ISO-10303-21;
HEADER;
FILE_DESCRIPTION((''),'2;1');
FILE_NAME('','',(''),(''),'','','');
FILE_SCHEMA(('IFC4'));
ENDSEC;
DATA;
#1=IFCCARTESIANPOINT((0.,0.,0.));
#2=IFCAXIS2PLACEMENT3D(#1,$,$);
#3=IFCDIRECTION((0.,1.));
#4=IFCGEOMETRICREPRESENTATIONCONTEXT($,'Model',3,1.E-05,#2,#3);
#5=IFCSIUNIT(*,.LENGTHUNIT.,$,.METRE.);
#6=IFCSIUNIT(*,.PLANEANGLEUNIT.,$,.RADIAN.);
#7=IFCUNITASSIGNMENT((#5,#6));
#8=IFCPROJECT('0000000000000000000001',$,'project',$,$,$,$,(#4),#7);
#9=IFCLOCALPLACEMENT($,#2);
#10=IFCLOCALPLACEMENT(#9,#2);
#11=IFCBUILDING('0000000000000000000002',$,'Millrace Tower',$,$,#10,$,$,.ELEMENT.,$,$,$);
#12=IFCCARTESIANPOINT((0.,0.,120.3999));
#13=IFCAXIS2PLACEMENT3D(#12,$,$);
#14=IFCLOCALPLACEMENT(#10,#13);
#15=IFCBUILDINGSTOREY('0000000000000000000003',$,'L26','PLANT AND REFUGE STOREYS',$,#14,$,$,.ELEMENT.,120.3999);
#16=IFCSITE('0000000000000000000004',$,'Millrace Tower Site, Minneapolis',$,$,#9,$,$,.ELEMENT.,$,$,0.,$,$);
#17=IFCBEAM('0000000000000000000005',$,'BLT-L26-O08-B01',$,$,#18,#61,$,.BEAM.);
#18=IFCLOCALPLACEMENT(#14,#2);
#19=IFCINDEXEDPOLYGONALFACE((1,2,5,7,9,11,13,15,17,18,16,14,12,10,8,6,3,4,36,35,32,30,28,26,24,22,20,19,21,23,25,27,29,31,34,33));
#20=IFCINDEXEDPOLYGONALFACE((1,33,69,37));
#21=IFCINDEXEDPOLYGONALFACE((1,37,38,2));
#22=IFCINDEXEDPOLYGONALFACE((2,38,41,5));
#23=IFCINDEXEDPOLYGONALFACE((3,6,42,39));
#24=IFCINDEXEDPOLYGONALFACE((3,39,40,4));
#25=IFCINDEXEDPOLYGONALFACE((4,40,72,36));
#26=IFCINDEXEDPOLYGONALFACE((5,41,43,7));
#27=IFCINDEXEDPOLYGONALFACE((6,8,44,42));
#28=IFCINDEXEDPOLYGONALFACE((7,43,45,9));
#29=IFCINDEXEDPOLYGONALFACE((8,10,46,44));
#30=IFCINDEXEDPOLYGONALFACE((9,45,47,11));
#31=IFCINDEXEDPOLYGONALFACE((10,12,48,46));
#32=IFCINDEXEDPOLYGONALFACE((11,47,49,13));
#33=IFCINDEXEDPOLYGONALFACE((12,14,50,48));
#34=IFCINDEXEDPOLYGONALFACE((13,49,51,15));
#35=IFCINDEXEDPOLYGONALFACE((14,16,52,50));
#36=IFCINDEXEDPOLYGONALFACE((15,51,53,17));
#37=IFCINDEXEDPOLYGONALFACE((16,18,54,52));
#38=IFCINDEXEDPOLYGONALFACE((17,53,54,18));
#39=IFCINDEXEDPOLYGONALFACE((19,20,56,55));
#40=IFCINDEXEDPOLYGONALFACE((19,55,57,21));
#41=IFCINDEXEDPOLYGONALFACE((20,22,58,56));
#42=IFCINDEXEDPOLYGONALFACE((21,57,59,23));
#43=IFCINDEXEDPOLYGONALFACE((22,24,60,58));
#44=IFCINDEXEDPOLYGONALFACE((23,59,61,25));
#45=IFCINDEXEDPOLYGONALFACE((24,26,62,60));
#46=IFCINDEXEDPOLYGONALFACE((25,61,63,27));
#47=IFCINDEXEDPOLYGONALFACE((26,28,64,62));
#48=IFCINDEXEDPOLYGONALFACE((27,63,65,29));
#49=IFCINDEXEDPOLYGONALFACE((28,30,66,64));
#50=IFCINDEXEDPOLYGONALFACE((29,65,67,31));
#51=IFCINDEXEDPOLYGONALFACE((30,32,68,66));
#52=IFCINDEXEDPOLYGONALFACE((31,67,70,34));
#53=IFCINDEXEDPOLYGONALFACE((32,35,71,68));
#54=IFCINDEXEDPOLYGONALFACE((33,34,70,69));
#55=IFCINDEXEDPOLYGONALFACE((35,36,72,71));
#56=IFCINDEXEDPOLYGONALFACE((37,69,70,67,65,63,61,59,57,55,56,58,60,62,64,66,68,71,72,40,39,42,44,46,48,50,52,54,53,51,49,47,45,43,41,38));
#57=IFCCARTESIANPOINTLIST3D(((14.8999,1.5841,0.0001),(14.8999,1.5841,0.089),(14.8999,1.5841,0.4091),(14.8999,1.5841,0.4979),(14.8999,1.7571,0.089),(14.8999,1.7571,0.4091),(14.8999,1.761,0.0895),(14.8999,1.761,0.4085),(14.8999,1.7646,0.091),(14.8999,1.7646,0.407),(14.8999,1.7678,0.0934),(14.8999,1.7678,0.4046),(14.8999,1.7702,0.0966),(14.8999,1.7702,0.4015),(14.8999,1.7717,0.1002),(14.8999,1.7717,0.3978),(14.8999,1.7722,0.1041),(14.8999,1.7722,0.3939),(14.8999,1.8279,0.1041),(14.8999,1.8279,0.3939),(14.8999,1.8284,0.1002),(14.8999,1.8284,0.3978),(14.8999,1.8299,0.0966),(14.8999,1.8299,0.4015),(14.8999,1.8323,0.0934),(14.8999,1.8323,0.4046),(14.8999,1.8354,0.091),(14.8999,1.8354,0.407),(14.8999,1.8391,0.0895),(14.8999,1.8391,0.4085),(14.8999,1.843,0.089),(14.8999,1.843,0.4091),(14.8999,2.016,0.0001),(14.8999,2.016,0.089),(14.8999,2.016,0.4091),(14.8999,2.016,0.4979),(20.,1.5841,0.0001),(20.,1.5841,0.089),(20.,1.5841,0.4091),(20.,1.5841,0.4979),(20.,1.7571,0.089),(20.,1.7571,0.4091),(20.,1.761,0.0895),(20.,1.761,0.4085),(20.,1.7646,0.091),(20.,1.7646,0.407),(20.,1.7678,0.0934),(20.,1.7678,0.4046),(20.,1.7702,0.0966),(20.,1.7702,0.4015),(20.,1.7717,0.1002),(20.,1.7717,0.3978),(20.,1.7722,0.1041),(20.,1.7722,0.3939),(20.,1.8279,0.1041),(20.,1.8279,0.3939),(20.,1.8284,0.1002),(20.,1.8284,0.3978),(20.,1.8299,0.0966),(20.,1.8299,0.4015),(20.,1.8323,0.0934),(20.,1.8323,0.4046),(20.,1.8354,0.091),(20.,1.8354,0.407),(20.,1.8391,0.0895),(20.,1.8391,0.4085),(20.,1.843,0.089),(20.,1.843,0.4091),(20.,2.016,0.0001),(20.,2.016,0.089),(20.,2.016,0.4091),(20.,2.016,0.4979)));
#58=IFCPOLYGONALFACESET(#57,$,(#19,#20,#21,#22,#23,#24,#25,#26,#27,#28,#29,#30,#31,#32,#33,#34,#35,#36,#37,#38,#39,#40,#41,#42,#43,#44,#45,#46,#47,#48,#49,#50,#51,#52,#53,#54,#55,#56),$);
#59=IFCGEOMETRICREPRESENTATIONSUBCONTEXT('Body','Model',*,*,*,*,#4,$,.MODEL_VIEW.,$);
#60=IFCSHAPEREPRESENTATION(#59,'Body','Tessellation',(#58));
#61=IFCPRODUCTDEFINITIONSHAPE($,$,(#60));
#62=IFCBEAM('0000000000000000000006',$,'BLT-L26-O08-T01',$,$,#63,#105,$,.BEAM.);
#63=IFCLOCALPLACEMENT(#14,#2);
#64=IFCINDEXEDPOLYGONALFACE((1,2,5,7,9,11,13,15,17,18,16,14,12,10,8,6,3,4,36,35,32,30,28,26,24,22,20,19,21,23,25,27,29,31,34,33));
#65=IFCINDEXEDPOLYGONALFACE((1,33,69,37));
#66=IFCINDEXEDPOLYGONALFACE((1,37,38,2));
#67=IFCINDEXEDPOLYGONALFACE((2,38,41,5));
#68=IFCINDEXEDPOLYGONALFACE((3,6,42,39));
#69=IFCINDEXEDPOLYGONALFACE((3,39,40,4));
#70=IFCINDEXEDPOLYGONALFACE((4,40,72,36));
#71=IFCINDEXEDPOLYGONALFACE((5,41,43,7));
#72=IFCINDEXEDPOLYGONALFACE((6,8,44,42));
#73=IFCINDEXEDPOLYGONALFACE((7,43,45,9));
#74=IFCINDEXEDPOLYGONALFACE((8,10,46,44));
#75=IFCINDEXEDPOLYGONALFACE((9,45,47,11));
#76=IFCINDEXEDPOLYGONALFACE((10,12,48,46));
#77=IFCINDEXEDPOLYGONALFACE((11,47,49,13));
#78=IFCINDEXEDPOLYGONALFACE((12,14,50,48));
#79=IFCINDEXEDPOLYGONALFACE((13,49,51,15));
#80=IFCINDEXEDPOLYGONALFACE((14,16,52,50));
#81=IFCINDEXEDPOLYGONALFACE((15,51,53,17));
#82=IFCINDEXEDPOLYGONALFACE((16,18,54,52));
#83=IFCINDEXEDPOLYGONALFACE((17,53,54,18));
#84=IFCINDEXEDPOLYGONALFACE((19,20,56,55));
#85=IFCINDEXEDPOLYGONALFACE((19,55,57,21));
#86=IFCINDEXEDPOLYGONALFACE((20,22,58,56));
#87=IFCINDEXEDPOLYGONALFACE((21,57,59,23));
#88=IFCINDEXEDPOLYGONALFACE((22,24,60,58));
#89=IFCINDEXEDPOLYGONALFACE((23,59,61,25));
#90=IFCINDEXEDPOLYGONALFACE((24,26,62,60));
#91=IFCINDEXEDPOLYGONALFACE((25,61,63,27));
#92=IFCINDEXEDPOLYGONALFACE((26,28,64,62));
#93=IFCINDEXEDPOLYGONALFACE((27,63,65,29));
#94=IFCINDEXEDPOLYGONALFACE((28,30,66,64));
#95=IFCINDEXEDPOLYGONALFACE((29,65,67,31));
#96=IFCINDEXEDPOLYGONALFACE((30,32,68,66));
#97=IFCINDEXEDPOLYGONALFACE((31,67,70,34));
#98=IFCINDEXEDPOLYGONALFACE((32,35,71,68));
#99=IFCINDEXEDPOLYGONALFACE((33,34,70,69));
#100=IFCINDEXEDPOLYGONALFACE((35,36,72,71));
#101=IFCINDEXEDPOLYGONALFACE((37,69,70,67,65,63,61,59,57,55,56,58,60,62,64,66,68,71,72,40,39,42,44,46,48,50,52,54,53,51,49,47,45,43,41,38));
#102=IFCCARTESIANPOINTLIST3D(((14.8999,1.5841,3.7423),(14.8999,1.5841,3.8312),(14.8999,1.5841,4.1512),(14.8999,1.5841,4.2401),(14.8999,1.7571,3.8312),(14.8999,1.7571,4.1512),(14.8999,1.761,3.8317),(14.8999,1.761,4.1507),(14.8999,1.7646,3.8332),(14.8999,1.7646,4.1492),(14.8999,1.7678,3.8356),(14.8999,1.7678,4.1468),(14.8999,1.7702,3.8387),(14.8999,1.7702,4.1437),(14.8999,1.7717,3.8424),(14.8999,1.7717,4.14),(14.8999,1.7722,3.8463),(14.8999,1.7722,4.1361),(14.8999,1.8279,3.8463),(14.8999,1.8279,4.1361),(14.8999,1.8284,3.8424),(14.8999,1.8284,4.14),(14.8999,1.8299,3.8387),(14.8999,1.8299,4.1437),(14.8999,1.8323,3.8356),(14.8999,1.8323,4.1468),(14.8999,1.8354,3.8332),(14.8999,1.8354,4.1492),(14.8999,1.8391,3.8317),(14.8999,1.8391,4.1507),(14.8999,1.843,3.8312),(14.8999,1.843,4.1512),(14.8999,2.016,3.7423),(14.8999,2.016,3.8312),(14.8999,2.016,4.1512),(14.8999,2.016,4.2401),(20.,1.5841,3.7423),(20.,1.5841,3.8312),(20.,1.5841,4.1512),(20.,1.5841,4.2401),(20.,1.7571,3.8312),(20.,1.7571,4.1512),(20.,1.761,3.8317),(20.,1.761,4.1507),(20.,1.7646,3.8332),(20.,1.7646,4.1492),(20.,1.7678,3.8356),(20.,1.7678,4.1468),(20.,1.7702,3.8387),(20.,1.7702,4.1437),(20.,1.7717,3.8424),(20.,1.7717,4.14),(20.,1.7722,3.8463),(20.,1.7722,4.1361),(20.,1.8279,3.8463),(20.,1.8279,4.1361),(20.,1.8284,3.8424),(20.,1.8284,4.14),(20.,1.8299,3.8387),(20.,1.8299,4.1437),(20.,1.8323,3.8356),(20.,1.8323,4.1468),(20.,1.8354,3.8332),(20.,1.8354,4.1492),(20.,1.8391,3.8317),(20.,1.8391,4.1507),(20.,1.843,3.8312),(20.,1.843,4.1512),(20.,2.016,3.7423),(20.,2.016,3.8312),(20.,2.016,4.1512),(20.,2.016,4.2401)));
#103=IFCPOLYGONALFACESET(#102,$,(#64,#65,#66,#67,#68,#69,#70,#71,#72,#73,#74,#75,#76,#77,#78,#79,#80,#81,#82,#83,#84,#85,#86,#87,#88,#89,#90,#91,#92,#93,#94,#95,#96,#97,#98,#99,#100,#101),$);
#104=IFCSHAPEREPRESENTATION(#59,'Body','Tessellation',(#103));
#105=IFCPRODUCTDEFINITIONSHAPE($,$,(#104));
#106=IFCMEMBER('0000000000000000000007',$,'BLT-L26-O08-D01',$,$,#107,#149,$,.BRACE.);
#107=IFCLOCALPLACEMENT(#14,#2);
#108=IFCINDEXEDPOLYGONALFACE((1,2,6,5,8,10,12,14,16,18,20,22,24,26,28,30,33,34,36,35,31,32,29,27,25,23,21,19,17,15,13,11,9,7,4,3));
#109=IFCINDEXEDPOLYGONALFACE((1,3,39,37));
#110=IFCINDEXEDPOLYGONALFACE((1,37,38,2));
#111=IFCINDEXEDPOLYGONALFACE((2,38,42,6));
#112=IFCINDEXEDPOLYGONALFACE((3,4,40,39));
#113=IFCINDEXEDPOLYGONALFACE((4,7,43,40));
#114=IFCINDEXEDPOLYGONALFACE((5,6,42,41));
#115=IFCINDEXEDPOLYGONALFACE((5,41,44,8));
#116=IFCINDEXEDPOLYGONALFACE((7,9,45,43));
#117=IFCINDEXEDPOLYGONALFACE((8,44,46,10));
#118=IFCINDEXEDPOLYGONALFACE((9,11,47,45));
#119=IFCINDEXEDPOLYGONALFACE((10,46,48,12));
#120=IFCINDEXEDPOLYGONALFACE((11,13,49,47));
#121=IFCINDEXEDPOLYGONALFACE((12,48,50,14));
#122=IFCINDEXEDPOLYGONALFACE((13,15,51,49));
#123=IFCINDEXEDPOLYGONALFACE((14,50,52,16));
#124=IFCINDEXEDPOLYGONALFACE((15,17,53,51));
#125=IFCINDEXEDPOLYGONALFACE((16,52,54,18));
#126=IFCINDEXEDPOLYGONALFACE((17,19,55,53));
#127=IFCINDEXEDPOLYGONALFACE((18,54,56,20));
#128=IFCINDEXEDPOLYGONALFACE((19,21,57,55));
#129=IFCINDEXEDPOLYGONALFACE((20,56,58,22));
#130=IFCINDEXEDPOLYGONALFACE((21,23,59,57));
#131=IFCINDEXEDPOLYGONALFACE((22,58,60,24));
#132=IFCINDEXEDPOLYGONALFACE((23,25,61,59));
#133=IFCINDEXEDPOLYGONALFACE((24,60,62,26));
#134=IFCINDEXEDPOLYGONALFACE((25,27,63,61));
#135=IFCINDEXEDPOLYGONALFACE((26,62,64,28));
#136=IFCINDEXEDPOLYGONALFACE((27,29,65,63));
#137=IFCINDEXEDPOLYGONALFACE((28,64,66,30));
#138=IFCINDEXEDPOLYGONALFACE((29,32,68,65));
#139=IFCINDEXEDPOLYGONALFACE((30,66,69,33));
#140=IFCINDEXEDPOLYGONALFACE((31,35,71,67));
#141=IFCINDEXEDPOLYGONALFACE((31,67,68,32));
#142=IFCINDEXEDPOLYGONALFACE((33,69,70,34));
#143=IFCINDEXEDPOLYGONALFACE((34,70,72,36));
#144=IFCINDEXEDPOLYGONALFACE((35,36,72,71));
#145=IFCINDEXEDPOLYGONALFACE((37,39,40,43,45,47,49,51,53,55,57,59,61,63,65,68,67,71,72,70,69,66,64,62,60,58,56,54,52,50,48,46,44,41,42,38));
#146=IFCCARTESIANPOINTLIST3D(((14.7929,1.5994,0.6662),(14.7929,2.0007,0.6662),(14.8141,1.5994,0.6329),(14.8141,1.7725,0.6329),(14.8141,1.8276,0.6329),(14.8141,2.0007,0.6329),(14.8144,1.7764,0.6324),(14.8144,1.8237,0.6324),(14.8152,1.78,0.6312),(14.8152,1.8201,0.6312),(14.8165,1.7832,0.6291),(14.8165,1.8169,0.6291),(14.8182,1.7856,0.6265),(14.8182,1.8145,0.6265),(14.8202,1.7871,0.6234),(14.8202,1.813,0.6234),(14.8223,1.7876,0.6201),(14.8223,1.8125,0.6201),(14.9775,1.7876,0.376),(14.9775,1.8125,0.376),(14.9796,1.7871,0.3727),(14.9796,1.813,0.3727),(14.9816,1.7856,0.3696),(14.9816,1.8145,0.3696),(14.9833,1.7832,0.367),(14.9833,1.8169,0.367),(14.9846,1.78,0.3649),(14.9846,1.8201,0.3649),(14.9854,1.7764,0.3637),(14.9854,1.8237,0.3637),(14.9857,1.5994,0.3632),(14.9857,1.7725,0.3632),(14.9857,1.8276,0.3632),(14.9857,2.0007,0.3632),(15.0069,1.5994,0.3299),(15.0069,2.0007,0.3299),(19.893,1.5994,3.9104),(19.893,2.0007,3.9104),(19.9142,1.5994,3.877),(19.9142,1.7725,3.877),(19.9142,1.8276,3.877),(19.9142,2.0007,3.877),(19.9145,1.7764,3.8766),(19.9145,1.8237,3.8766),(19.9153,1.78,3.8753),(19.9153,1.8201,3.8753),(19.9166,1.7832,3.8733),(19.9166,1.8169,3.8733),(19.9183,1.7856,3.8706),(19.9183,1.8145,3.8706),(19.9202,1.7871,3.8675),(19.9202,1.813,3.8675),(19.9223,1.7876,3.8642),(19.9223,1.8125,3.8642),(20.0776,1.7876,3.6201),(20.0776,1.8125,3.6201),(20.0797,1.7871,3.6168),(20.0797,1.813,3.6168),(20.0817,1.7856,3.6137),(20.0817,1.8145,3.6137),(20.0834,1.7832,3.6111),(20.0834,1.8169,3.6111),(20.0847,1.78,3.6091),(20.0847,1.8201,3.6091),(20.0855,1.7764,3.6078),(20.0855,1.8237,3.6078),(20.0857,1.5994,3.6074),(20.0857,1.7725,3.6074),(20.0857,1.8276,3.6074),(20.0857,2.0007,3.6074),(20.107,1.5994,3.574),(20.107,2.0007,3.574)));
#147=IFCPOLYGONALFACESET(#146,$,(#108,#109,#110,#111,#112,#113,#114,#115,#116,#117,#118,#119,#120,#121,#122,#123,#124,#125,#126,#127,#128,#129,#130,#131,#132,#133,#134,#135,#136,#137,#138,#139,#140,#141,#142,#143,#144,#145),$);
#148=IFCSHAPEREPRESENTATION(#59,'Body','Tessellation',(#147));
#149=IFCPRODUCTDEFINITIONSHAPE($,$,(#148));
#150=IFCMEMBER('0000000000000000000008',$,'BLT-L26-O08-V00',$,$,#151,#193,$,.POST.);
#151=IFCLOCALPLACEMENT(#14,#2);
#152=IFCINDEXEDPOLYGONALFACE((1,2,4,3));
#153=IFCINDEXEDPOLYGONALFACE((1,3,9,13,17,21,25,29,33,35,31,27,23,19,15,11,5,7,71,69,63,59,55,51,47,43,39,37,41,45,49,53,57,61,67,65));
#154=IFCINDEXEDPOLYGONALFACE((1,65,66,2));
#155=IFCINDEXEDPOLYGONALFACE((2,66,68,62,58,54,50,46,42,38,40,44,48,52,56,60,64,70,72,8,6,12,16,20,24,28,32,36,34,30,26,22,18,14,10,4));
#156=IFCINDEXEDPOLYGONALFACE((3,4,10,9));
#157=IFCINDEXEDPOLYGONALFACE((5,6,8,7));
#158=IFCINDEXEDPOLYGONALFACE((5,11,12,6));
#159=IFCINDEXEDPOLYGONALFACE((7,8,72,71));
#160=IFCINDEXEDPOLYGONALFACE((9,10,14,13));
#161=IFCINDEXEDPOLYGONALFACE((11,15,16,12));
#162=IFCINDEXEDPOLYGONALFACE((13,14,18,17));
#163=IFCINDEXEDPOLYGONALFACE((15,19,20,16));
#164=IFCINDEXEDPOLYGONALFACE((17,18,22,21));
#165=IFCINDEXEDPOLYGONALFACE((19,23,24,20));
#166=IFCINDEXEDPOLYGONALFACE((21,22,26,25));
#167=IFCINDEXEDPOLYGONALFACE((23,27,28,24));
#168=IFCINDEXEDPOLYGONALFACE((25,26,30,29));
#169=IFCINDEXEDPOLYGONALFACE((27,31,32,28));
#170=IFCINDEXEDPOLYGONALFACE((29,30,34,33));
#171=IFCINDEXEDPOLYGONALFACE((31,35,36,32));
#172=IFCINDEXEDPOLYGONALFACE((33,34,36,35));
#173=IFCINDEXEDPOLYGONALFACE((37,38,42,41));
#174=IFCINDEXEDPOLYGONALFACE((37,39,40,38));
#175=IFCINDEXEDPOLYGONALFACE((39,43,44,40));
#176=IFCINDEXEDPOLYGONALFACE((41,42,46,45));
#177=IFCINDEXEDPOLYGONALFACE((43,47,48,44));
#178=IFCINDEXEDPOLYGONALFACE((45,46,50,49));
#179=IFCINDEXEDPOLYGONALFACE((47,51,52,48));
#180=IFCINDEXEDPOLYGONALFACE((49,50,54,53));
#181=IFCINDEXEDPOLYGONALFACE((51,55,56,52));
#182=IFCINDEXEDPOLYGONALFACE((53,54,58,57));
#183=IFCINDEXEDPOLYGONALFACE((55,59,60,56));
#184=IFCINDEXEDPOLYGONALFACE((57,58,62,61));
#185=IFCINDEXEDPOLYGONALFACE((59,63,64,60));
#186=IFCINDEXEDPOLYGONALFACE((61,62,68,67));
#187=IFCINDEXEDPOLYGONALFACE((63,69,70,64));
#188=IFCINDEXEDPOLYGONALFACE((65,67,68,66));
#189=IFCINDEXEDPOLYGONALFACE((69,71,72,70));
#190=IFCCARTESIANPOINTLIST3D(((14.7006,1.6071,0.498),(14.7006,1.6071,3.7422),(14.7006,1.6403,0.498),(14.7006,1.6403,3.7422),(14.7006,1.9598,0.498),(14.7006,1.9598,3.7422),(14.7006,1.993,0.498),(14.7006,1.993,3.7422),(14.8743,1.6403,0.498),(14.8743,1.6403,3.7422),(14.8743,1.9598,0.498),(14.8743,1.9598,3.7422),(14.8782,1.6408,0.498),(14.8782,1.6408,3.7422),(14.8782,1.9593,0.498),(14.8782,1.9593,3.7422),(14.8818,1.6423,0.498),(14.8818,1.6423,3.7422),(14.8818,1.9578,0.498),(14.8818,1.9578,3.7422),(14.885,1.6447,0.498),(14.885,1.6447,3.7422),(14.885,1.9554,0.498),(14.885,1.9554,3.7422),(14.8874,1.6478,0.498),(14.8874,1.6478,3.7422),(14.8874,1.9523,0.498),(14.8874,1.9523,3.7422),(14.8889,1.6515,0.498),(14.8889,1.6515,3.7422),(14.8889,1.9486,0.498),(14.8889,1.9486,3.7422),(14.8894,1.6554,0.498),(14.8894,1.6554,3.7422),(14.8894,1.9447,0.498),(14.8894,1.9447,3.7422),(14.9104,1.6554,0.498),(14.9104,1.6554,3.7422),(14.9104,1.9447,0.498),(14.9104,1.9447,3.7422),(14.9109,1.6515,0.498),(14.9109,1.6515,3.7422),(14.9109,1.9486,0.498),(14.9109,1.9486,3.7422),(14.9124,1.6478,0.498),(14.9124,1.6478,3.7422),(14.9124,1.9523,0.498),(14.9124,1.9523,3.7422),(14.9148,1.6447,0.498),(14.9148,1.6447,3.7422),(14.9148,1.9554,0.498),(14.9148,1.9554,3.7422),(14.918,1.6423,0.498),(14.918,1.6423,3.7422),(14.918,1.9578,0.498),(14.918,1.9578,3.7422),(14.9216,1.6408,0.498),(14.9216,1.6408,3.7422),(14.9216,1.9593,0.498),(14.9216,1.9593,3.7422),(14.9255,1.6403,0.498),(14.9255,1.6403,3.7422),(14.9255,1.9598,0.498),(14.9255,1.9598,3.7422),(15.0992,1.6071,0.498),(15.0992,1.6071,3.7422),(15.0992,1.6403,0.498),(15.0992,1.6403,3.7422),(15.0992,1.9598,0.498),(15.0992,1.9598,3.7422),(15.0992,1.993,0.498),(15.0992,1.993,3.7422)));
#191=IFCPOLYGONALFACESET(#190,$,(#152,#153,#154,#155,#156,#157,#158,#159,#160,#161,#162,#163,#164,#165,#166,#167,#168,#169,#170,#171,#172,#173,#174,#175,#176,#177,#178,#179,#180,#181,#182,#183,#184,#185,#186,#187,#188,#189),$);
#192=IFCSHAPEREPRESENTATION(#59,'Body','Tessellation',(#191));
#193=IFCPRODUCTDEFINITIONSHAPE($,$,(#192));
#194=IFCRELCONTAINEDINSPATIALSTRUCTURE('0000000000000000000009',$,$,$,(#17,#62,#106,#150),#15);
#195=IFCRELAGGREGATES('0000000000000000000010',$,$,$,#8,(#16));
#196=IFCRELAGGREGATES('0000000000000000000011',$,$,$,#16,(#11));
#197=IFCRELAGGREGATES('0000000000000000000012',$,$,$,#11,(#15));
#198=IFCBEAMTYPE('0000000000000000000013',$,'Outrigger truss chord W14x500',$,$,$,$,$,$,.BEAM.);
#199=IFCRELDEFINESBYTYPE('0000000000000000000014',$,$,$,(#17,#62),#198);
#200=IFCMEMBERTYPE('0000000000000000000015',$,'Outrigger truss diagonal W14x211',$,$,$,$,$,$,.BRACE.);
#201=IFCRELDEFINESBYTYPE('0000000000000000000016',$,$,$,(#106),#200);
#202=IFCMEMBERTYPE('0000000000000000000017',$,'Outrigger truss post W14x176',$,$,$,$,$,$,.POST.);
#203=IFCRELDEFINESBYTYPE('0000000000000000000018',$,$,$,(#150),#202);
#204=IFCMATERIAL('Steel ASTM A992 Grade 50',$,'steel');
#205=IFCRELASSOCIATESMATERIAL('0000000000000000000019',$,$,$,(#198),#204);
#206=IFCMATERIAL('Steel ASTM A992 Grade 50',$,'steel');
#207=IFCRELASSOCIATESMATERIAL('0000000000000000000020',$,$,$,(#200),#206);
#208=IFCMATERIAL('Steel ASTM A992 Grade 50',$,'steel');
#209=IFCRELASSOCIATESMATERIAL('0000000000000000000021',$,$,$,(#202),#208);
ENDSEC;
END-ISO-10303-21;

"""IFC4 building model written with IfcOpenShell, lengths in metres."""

from ifc_helpers import new_model, si_unit, direction, frame, origin, origin_2d, place, context, subcontext, project, spatial, i_section, extrude, material, material_profile, profile_set, type_object, element, save


model = new_model("IFC4")

# Units and contexts
model_context = context("Model", 3, precision=1e-05, world=origin(), true_north=direction((0.0, 1.0)))
body_context = subcontext(model_context, "Body", "Model", "MODEL_VIEW")
ifc_project = project(units=[si_unit("LENGTHUNIT", "METRE"), si_unit("PLANEANGLEUNIT", "RADIAN")], contexts=[model_context])

# Site, building, storey
site_placement = place(None, origin())
site = spatial("IfcSite", under=ifc_project, at=site_placement, Name="Millrace Tower Site, Minneapolis", CompositionType="ELEMENT", RefElevation=0.0)
building_placement = place(site_placement, origin())
building = spatial("IfcBuilding", under=site, at=building_placement, Name="Millrace Tower", CompositionType="ELEMENT")
storey_placement = place(building_placement, frame((0.0, 0.0, 120.3999)))
storey = spatial("IfcBuildingStorey", under=building, at=storey_placement, Name="L26", Description="PLANT AND REFUGE STOREYS", CompositionType="ELEMENT", Elevation=120.3999)

# Beams
ifc_material_1 = material(Name="Steel ASTM A992 Grade 50", Category="steel")
ifc_material_profile_1 = material_profile(ifc_material_1, i_section(OverallWidth=0.4319, OverallDepth=0.4978, WebThickness=0.0557, FlangeThickness=0.0889, FilletRadius=0.0151, at=origin_2d()))
ifc_profile_set_1 = profile_set([ifc_material_profile_1], Name="Steel ASTM A992 Grade 50")
beam_type_1 = type_object("IfcBeamType", Name="Outrigger truss chord W14x500", PredefinedType="BEAM", material=ifc_profile_set_1)
for number, where, z_axis, x_axis, name in (
    (1, (14.8999, 1.8, 0.249), (1.0, 0.0, 0.0), (0.0, 1.0, 0.0), "BLT-L26-O08-B01"),
    (2, (14.8999, 1.8, 3.9912), (1.0, 0.0, 0.0), (0.0, 1.0, 0.0), "BLT-L26-O08-T01"),
):
    element("IfcBeam", number, at=place(storey_placement, frame(where, z_axis=z_axis, x_axis=x_axis)), inside=storey, type_object=beam_type_1, Name=name, PredefinedType="BEAM", context=body_context, shape_type="SweptSolid", body=[
        extrude(i_section(OverallWidth=0.4319, OverallDepth=0.4978, WebThickness=0.0557, FlangeThickness=0.0889, FilletRadius=0.0151, at=origin_2d()), origin(), (0.0, 0.0, 1.0), 5.1001),
    ])

# Members
ifc_material_2 = material(Name="Steel ASTM A992 Grade 50", Category="steel")
ifc_material_profile_2 = material_profile(ifc_material_2, i_section(OverallWidth=0.4014, OverallDepth=0.3987, WebThickness=0.0249, FlangeThickness=0.0396, FilletRadius=0.0151, at=origin_2d()))
ifc_profile_set_2 = profile_set([ifc_material_profile_2], Name="Steel ASTM A992 Grade 50")
member_type_1 = type_object("IfcMemberType", Name="Outrigger truss diagonal W14x211", PredefinedType="BRACE", material=ifc_profile_set_2)
member_1_placement = place(storey_placement, frame((14.8999, 1.8, 0.498), z_axis=(0.843765, 0.0, 0.536713), x_axis=(0.0, 1.0, 0.0)))
element("IfcMember", 3, at=member_1_placement, inside=storey, type_object=member_type_1, Name="BLT-L26-O08-D01", PredefinedType="BRACE", context=body_context, shape_type="SweptSolid", body=[
    extrude(i_section(OverallWidth=0.4014, OverallDepth=0.3987, WebThickness=0.0249, FlangeThickness=0.0396, FilletRadius=0.0151, at=origin_2d()), origin(), (0.0, 0.0, 1.0), 6.0444),
])
ifc_material_3 = material(Name="Steel ASTM A992 Grade 50", Category="steel")
ifc_material_profile_3 = material_profile(ifc_material_3, i_section(OverallWidth=0.3987, OverallDepth=0.386, WebThickness=0.021, FlangeThickness=0.0332, FilletRadius=0.0151, at=origin_2d()))
ifc_profile_set_3 = profile_set([ifc_material_profile_3], Name="Steel ASTM A992 Grade 50")
member_type_2 = type_object("IfcMemberType", Name="Outrigger truss post W14x176", PredefinedType="POST", material=ifc_profile_set_3)
member_2_placement = place(storey_placement, frame((14.8999, 1.8, 0.498), z_axis=(0.0, 0.0, 1.0), x_axis=(1.0, 0.0, 0.0)))
element("IfcMember", 4, at=member_2_placement, inside=storey, type_object=member_type_2, Name="BLT-L26-O08-V00", PredefinedType="POST", context=body_context, shape_type="SweptSolid", body=[
    extrude(i_section(OverallWidth=0.3987, OverallDepth=0.386, WebThickness=0.021, FlangeThickness=0.0332, FilletRadius=0.0151, at=origin_2d()), origin(), (0.0, 0.0, 1.0), 3.2441),
])

save(model, "model.ifc")
